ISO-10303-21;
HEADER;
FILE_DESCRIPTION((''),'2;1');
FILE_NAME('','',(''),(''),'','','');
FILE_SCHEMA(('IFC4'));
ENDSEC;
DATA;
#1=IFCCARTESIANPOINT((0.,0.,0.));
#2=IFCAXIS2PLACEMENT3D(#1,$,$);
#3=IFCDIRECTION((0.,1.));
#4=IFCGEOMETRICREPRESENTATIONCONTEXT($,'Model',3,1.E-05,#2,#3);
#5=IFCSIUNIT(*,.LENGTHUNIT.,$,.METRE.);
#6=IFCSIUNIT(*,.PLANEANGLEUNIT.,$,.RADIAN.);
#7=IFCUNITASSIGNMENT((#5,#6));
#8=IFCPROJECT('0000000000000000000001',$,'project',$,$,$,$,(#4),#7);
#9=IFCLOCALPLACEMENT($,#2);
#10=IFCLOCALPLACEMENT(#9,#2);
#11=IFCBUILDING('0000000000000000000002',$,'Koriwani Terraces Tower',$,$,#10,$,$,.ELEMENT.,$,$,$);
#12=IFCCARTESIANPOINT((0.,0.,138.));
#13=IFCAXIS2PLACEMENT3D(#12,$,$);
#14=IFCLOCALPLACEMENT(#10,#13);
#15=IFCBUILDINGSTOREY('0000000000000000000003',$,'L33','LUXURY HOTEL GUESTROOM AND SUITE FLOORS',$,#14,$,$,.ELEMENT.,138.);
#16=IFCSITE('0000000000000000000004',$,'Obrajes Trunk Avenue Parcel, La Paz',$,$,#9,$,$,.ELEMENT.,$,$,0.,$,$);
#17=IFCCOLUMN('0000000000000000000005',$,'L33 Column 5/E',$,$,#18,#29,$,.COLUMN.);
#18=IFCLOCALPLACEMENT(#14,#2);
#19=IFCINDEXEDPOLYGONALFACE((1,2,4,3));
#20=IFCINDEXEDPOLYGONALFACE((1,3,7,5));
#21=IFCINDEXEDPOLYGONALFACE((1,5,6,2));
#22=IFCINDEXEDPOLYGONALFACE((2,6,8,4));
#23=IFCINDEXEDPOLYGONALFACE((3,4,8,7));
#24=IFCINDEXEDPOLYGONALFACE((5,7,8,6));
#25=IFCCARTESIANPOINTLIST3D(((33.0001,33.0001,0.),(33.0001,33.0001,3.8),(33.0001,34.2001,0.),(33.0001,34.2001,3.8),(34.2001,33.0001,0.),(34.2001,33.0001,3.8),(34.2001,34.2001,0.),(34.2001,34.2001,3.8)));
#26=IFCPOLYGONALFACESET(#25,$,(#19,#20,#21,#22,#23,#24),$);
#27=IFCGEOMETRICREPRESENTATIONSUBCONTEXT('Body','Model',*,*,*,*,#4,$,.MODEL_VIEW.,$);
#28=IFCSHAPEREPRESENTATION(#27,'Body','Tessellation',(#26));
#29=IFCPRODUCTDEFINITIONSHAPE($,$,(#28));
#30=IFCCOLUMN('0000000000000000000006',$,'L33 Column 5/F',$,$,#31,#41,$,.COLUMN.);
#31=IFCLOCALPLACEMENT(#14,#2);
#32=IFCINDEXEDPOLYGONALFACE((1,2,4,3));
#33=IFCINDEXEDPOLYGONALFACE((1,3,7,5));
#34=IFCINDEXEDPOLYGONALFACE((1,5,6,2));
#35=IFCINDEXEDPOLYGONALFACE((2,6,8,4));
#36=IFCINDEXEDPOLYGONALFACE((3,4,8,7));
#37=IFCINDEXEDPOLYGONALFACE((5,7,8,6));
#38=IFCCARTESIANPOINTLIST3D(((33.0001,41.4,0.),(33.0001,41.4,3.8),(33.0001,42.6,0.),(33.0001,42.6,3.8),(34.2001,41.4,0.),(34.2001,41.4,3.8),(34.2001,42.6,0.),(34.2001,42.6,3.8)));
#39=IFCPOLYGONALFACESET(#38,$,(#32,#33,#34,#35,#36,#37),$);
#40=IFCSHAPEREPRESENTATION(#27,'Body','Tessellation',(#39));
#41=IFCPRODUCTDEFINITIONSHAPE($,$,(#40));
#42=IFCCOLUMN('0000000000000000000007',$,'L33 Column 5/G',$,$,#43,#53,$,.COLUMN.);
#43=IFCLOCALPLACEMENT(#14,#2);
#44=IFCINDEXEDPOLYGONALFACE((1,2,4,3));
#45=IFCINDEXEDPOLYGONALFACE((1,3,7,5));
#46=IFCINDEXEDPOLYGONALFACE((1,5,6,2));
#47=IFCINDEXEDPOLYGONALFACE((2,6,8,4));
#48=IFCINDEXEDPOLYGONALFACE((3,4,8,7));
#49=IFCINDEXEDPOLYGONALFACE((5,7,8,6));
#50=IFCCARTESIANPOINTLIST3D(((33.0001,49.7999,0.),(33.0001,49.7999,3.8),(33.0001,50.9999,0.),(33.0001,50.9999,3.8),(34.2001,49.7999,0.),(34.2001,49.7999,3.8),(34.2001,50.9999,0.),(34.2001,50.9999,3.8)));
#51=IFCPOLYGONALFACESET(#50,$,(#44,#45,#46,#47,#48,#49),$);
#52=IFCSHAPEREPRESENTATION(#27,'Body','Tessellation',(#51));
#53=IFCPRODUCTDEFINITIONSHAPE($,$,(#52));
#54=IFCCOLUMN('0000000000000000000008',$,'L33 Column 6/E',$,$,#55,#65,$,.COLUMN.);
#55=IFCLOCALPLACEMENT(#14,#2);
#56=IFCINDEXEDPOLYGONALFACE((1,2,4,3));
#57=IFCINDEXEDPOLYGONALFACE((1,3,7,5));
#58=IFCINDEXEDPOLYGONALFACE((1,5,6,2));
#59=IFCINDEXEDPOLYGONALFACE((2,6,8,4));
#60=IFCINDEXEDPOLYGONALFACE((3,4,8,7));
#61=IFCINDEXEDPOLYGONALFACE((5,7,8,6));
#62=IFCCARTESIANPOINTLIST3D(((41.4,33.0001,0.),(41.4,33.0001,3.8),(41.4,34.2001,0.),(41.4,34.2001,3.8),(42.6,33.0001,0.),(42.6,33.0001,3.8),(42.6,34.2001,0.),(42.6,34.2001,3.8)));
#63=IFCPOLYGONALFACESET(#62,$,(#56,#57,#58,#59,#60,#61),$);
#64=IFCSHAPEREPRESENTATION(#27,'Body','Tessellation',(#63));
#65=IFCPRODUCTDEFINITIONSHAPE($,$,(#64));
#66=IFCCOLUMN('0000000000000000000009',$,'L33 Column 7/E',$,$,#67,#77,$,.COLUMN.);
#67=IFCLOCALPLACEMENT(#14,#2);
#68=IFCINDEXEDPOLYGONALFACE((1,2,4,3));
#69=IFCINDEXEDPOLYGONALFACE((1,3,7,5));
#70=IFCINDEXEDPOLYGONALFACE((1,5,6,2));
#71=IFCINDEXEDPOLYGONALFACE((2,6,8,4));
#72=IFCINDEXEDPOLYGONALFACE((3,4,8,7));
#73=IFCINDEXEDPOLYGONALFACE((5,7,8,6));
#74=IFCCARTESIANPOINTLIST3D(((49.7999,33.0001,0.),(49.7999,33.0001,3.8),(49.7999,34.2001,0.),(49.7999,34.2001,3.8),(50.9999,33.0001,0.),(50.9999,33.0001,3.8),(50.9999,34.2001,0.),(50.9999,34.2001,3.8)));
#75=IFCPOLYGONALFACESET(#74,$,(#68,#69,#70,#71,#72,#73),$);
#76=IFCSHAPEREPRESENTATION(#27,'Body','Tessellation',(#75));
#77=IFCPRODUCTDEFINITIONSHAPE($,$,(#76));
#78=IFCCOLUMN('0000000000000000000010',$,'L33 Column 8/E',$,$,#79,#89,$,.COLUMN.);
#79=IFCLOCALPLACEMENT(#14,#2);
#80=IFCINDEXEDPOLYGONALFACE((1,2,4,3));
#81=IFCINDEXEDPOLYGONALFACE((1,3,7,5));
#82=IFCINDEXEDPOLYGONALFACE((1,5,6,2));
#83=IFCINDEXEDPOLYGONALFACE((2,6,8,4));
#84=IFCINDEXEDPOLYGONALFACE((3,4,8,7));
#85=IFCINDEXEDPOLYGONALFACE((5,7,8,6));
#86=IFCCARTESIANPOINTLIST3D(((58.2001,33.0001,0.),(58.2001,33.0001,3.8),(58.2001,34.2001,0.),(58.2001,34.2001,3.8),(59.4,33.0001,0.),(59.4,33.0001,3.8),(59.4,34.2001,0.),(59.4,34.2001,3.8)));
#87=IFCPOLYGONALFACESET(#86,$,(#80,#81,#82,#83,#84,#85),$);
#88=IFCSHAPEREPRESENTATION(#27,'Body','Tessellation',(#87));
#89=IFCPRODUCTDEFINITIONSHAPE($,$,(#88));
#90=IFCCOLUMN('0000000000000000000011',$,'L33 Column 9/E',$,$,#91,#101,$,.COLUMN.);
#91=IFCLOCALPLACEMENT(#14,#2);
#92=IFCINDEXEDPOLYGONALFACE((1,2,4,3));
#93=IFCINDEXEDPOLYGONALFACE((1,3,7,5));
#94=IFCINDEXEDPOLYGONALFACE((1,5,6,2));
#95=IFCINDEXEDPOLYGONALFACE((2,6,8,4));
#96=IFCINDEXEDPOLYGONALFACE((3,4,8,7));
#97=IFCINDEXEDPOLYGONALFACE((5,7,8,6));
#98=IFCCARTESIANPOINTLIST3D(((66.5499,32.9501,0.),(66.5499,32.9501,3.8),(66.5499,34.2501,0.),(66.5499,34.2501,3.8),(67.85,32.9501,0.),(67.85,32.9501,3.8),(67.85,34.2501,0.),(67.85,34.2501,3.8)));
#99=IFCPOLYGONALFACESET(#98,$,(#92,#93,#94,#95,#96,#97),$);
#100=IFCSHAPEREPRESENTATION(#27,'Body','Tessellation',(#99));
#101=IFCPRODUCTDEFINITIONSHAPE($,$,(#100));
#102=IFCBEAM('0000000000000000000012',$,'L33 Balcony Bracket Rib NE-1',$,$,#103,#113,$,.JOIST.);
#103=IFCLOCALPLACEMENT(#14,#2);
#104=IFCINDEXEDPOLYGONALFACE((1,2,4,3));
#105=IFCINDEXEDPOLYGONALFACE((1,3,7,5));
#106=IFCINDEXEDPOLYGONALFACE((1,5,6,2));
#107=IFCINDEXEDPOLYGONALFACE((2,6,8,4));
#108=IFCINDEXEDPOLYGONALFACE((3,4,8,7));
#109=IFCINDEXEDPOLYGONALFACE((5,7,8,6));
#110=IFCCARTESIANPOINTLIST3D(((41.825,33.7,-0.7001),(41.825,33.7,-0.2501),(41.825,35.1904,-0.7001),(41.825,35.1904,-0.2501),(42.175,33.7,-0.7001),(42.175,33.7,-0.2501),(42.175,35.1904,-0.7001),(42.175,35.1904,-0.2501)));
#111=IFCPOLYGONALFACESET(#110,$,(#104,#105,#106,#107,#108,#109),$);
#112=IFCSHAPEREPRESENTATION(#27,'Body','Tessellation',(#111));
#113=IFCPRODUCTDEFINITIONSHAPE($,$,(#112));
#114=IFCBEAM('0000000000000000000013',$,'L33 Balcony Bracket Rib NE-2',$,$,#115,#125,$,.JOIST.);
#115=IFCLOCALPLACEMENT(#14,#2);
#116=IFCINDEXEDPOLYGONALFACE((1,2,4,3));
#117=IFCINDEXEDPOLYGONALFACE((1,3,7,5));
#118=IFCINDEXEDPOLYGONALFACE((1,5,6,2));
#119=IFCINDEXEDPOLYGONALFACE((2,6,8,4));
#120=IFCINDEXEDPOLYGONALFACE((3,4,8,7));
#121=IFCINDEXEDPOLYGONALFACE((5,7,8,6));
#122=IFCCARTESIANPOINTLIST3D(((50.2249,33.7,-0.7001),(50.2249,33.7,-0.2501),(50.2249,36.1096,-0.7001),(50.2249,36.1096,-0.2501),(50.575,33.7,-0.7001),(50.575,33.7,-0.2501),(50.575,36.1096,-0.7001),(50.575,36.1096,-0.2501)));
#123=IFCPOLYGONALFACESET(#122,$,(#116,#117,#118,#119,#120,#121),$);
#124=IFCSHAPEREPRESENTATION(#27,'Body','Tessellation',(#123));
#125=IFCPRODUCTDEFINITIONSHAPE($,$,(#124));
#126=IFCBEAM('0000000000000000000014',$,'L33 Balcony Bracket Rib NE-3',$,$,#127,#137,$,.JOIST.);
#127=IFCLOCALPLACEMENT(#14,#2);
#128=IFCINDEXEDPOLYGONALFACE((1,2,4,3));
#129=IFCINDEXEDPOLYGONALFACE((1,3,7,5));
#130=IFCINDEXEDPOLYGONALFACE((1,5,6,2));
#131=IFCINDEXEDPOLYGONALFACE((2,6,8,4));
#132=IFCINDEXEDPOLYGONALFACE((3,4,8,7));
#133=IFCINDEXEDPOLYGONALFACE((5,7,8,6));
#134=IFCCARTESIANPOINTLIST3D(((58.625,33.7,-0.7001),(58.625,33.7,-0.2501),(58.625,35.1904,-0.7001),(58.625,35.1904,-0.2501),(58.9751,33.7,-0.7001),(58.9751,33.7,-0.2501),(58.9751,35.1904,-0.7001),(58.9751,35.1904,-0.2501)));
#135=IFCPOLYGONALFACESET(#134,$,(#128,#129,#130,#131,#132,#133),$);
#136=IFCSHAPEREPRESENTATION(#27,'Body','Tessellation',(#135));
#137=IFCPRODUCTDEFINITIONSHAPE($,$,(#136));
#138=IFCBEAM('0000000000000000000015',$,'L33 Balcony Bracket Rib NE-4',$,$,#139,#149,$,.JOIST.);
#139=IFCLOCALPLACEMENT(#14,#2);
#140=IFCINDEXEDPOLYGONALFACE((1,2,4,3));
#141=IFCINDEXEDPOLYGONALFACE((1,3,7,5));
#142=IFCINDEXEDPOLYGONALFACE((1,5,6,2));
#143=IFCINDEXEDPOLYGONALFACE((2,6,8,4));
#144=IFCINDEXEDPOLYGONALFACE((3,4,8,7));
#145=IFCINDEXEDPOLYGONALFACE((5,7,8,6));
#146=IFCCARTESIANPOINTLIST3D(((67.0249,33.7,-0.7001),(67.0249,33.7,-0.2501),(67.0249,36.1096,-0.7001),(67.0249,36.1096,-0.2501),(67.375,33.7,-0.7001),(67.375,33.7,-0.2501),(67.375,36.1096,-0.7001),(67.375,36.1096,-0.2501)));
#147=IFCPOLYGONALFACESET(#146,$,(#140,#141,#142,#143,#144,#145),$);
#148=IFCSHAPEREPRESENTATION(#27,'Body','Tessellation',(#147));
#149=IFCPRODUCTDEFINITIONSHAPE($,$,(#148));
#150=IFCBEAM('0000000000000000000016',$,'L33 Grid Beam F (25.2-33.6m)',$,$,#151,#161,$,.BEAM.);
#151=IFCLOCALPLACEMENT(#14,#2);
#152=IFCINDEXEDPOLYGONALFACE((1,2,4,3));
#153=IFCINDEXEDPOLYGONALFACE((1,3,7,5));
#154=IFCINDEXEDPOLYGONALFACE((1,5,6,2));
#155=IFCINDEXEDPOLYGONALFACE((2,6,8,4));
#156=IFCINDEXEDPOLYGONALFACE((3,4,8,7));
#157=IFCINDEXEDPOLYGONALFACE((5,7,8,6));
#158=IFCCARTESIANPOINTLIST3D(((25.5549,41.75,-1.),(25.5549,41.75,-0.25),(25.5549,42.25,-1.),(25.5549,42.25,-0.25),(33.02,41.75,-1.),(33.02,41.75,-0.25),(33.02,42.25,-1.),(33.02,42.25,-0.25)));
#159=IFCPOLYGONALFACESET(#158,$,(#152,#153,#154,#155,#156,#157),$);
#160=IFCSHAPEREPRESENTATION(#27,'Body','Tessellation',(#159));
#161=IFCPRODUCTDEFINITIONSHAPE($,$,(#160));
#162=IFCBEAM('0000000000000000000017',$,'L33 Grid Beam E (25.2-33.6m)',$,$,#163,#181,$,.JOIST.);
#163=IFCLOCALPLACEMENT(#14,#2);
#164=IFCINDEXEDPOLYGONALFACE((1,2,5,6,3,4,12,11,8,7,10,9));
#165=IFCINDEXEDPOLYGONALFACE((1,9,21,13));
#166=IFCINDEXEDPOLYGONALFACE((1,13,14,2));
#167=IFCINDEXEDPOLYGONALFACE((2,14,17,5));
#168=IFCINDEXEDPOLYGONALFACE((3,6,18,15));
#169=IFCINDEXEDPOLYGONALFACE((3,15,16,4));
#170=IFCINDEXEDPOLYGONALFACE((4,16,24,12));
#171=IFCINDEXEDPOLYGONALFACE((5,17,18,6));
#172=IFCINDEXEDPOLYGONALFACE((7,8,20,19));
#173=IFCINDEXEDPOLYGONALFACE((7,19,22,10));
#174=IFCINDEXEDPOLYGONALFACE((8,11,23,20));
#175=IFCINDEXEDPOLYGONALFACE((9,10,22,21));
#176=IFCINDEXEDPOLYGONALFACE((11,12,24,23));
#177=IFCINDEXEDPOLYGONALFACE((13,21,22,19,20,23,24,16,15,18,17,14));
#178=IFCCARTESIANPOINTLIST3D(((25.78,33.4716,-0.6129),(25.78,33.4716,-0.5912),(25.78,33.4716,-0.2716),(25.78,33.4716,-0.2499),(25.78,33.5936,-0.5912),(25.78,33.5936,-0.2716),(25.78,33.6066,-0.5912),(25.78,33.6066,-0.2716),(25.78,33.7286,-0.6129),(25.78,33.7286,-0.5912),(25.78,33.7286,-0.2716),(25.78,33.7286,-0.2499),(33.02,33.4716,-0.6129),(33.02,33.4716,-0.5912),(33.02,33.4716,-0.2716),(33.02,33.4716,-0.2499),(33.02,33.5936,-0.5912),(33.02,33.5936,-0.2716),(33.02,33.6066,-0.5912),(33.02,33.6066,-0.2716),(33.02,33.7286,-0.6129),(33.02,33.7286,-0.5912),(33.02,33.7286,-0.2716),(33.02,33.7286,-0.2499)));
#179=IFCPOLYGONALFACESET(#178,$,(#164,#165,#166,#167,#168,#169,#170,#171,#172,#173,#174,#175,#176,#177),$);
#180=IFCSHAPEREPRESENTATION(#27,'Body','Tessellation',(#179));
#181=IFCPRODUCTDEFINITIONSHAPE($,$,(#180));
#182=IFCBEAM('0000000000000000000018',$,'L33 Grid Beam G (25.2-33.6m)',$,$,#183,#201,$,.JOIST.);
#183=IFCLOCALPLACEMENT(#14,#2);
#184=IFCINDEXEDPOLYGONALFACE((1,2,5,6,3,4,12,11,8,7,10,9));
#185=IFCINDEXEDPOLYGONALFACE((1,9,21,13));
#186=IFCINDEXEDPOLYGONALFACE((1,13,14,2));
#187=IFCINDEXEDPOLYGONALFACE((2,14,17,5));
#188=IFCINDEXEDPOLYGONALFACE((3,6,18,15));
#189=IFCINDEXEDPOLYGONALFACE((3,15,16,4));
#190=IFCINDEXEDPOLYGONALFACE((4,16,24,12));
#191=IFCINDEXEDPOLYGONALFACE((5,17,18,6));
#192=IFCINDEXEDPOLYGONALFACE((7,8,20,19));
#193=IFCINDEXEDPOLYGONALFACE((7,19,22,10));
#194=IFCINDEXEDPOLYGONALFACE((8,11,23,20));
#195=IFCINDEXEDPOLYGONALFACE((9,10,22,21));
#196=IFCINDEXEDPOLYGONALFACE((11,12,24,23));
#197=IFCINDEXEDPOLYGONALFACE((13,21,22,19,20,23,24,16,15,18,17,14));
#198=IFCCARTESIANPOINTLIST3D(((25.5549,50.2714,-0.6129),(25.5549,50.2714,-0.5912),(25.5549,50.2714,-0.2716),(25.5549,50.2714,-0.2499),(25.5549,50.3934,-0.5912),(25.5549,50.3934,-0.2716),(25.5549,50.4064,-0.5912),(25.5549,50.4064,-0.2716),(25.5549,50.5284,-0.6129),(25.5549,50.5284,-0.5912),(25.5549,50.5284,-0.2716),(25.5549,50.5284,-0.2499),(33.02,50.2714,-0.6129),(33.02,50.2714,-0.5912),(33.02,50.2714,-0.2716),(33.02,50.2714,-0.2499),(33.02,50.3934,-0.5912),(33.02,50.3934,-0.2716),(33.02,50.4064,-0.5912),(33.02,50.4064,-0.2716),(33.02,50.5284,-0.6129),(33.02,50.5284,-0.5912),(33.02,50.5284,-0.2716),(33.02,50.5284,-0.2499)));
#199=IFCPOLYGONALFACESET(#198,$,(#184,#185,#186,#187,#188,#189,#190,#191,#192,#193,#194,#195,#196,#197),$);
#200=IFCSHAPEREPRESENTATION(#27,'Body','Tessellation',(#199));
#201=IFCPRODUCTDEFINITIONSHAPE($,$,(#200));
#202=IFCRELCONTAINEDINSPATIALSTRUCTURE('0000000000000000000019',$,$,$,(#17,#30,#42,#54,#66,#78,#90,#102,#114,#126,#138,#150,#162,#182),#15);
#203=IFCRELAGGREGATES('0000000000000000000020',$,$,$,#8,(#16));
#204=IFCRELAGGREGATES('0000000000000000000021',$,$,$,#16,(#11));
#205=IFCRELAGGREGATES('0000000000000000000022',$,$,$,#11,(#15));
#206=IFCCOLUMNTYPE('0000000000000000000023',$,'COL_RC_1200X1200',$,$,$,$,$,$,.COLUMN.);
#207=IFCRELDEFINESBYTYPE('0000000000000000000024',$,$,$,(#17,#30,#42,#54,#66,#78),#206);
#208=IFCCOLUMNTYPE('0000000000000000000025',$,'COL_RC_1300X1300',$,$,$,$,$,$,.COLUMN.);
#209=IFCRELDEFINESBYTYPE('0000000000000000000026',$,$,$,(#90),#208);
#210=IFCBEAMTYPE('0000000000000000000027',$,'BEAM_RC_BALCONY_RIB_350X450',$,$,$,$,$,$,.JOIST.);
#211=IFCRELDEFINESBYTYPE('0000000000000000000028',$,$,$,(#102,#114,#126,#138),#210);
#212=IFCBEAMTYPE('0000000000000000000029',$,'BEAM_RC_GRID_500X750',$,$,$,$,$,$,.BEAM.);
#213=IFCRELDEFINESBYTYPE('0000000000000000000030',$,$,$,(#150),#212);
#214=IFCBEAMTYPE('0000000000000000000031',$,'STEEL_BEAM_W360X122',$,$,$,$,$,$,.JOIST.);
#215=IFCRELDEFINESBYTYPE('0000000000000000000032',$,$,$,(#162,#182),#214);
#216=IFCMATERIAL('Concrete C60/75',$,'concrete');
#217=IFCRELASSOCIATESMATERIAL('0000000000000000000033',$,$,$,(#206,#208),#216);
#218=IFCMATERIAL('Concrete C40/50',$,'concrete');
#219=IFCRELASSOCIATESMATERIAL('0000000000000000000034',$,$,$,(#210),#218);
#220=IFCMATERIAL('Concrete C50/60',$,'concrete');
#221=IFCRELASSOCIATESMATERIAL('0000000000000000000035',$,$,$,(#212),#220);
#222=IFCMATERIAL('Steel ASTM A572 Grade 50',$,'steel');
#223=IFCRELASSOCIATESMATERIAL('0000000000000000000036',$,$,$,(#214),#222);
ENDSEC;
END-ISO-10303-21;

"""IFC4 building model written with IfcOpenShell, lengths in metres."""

from ifc_helpers import new_model, si_unit, direction, frame, origin, origin_2d, place, context, subcontext, project, spatial, rectangle, i_section, extrude, material, material_profile, profile_set, type_object, element, save


model = new_model("IFC4")

# Units and contexts
model_context = context("Model", 3, precision=1e-05, world=origin(), true_north=direction((0.0, 1.0)))
body_context = subcontext(model_context, "Body", "Model", "MODEL_VIEW")
ifc_project = project(units=[si_unit("LENGTHUNIT", "METRE"), si_unit("PLANEANGLEUNIT", "RADIAN")], contexts=[model_context])

# Site, building, storey
site_placement = place(None, origin())
site = spatial("IfcSite", under=ifc_project, at=site_placement, Name="Obrajes Trunk Avenue Parcel, La Paz", CompositionType="ELEMENT", RefElevation=0.0)
building_placement = place(site_placement, origin())
building = spatial("IfcBuilding", under=site, at=building_placement, Name="Koriwani Terraces Tower", CompositionType="ELEMENT")
storey_placement = place(building_placement, frame((0.0, 0.0, 138.0)))
storey = spatial("IfcBuildingStorey", under=building, at=storey_placement, Name="L33", Description="LUXURY HOTEL GUESTROOM AND SUITE FLOORS", CompositionType="ELEMENT", Elevation=138.0)

# Columns
ifc_material_1 = material(Name="Concrete C60/75", Category="concrete")
ifc_material_profile_1 = material_profile(ifc_material_1, rectangle(XDim=1.2, YDim=1.2, at=origin_2d()), Name="Concrete C60/75", Category="LoadBearing")
ifc_profile_set_1 = profile_set([ifc_material_profile_1], Name="Concrete C60/75")
column_type_1 = type_object("IfcColumnType", Name="COL_RC_1200X1200", PredefinedType="COLUMN", material=ifc_profile_set_1)
for number, where, z_axis, x_axis, name in (
    (1, (33.6001, 33.6001, 0.0), (0.0, 0.0, 1.0), (1.0, 0.0, 0.0), "L33 Column 5/E"),
    (2, (33.6001, 42.0, 0.0), (0.0, 0.0, 1.0), (1.0, 0.0, 0.0), "L33 Column 5/F"),
    (3, (33.6001, 50.3999, 0.0), (0.0, 0.0, 1.0), (1.0, 0.0, 0.0), "L33 Column 5/G"),
    (4, (42.0, 33.6001, 0.0), (0.0, 0.0, 1.0), (1.0, 0.0, 0.0), "L33 Column 6/E"),
    (5, (50.3999, 33.6001, 0.0), (0.0, 0.0, 1.0), (1.0, 0.0, 0.0), "L33 Column 7/E"),
    (6, (58.8, 33.6001, 0.0), (0.0, 0.0, 1.0), (1.0, 0.0, 0.0), "L33 Column 8/E"),
):
    element("IfcColumn", number, at=place(storey_placement, frame(where, z_axis=z_axis, x_axis=x_axis)), inside=storey, type_object=column_type_1, Name=name, PredefinedType="COLUMN", context=body_context, shape_type="SweptSolid", body=[
        extrude(rectangle(XDim=1.2, YDim=1.2, at=origin_2d()), origin(), (0.0, 0.0, 1.0), 3.8),
    ])
ifc_material_profile_2 = material_profile(ifc_material_1, rectangle(XDim=1.3, YDim=1.3, at=origin_2d()), Name="Concrete C60/75", Category="LoadBearing")
ifc_profile_set_2 = profile_set([ifc_material_profile_2], Name="Concrete C60/75")
column_type_2 = type_object("IfcColumnType", Name="COL_RC_1300X1300", PredefinedType="COLUMN", material=ifc_profile_set_2)
column_placement = place(storey_placement, frame((67.2, 33.6001, 0.0), z_axis=(0.0, 0.0, 1.0), x_axis=(1.0, 0.0, 0.0)))
element("IfcColumn", 7, at=column_placement, inside=storey, type_object=column_type_2, Name="L33 Column 9/E", PredefinedType="COLUMN", context=body_context, shape_type="SweptSolid", body=[
    extrude(rectangle(XDim=1.3, YDim=1.3, at=origin_2d()), origin(), (0.0, 0.0, 1.0), 3.8),
])

# Beams
ifc_material_2 = material(Name="Concrete C40/50", Category="concrete")
ifc_material_profile_3 = material_profile(ifc_material_2, rectangle(XDim=0.3501, YDim=0.45, at=origin_2d()), Name="Concrete C40/50", Category="LoadBearing")
ifc_profile_set_3 = profile_set([ifc_material_profile_3], Name="Concrete C40/50")
beam_type_1 = type_object("IfcBeamType", Name="BEAM_RC_BALCONY_RIB_350X450", PredefinedType="JOIST", material=ifc_profile_set_3)
beam_1_placement = place(storey_placement, frame((42.0, 33.7, -0.4751), z_axis=(0.0, 1.0, 0.0), x_axis=(-1.0, 0.0, 0.0)))
element("IfcBeam", 8, at=beam_1_placement, inside=storey, type_object=beam_type_1, Name="L33 Balcony Bracket Rib NE-1", PredefinedType="JOIST", context=body_context, shape_type="SweptSolid", body=[
    extrude(rectangle(XDim=0.3501, YDim=0.45, at=origin_2d()), origin(), (0.0, 0.0, 1.0), 1.4905),
])
beam_2_placement = place(storey_placement, frame((50.3999, 33.7, -0.4751), z_axis=(0.0, 1.0, 0.0), x_axis=(-1.0, 0.0, 0.0)))
element("IfcBeam", 9, at=beam_2_placement, inside=storey, type_object=beam_type_1, Name="L33 Balcony Bracket Rib NE-2", PredefinedType="JOIST", context=body_context, shape_type="SweptSolid", body=[
    extrude(rectangle(XDim=0.3501, YDim=0.45, at=origin_2d()), origin(), (0.0, 0.0, 1.0), 2.4097),
])
beam_3_placement = place(storey_placement, frame((58.8, 33.7, -0.4751), z_axis=(0.0, 1.0, 0.0), x_axis=(-1.0, 0.0, 0.0)))
element("IfcBeam", 10, at=beam_3_placement, inside=storey, type_object=beam_type_1, Name="L33 Balcony Bracket Rib NE-3", PredefinedType="JOIST", context=body_context, shape_type="SweptSolid", body=[
    extrude(rectangle(XDim=0.3501, YDim=0.45, at=origin_2d()), origin(), (0.0, 0.0, 1.0), 1.4905),
])
beam_4_placement = place(storey_placement, frame((67.2, 33.7, -0.4751), z_axis=(0.0, 1.0, 0.0), x_axis=(-1.0, 0.0, 0.0)))
element("IfcBeam", 11, at=beam_4_placement, inside=storey, type_object=beam_type_1, Name="L33 Balcony Bracket Rib NE-4", PredefinedType="JOIST", context=body_context, shape_type="SweptSolid", body=[
    extrude(rectangle(XDim=0.3501, YDim=0.45, at=origin_2d()), origin(), (0.0, 0.0, 1.0), 2.4097),
])
ifc_material_3 = material(Name="Concrete C50/60", Category="concrete")
ifc_material_profile_4 = material_profile(ifc_material_3, rectangle(XDim=0.5, YDim=0.75, at=origin_2d()), Name="Concrete C50/60", Category="LoadBearing")
ifc_profile_set_4 = profile_set([ifc_material_profile_4], Name="Concrete C50/60")
beam_type_2 = type_object("IfcBeamType", Name="BEAM_RC_GRID_500X750", PredefinedType="BEAM", material=ifc_profile_set_4)
beam_5_placement = place(storey_placement, frame((25.5549, 42.0, -0.625), z_axis=(1.0, 0.0, 0.0), x_axis=(0.0, 1.0, 0.0)))
element("IfcBeam", 12, at=beam_5_placement, inside=storey, type_object=beam_type_2, Name="L33 Grid Beam F (25.2-33.6m)", PredefinedType="BEAM", context=body_context, shape_type="SweptSolid", body=[
    extrude(rectangle(XDim=0.5, YDim=0.75, at=origin_2d()), origin(), (0.0, 0.0, 1.0), 7.4651),
])
ifc_material_4 = material(Name="Steel ASTM A572 Grade 50", Category="steel")
ifc_material_profile_5 = material_profile(ifc_material_4, i_section(OverallWidth=0.2571, OverallDepth=0.363, WebThickness=0.0129, FlangeThickness=0.0217, at=origin_2d()), Name="Steel ASTM A572 Grade 50", Category="LoadBearing")
ifc_profile_set_5 = profile_set([ifc_material_profile_5], Name="Steel ASTM A572 Grade 50")
beam_type_3 = type_object("IfcBeamType", Name="STEEL_BEAM_W360X122", PredefinedType="JOIST", material=ifc_profile_set_5)
beam_6_placement = place(storey_placement, frame((25.78, 33.6001, -0.4314), z_axis=(1.0, 0.0, 0.0), x_axis=(0.0, 1.0, 0.0)))
element("IfcBeam", 13, at=beam_6_placement, inside=storey, type_object=beam_type_3, Name="L33 Grid Beam E (25.2-33.6m)", PredefinedType="JOIST", context=body_context, shape_type="SweptSolid", body=[
    extrude(i_section(OverallWidth=0.2571, OverallDepth=0.363, WebThickness=0.0129, FlangeThickness=0.0217, at=origin_2d()), origin(), (0.0, 0.0, 1.0), 7.24),
])
beam_7_placement = place(storey_placement, frame((25.5549, 50.3999, -0.4314), z_axis=(1.0, 0.0, 0.0), x_axis=(0.0, 1.0, 0.0)))
element("IfcBeam", 14, at=beam_7_placement, inside=storey, type_object=beam_type_3, Name="L33 Grid Beam G (25.2-33.6m)", PredefinedType="JOIST", context=body_context, shape_type="SweptSolid", body=[
    extrude(i_section(OverallWidth=0.2571, OverallDepth=0.363, WebThickness=0.0129, FlangeThickness=0.0217, at=origin_2d()), origin(), (0.0, 0.0, 1.0), 7.4651),
])

save(model, "model.ifc")
